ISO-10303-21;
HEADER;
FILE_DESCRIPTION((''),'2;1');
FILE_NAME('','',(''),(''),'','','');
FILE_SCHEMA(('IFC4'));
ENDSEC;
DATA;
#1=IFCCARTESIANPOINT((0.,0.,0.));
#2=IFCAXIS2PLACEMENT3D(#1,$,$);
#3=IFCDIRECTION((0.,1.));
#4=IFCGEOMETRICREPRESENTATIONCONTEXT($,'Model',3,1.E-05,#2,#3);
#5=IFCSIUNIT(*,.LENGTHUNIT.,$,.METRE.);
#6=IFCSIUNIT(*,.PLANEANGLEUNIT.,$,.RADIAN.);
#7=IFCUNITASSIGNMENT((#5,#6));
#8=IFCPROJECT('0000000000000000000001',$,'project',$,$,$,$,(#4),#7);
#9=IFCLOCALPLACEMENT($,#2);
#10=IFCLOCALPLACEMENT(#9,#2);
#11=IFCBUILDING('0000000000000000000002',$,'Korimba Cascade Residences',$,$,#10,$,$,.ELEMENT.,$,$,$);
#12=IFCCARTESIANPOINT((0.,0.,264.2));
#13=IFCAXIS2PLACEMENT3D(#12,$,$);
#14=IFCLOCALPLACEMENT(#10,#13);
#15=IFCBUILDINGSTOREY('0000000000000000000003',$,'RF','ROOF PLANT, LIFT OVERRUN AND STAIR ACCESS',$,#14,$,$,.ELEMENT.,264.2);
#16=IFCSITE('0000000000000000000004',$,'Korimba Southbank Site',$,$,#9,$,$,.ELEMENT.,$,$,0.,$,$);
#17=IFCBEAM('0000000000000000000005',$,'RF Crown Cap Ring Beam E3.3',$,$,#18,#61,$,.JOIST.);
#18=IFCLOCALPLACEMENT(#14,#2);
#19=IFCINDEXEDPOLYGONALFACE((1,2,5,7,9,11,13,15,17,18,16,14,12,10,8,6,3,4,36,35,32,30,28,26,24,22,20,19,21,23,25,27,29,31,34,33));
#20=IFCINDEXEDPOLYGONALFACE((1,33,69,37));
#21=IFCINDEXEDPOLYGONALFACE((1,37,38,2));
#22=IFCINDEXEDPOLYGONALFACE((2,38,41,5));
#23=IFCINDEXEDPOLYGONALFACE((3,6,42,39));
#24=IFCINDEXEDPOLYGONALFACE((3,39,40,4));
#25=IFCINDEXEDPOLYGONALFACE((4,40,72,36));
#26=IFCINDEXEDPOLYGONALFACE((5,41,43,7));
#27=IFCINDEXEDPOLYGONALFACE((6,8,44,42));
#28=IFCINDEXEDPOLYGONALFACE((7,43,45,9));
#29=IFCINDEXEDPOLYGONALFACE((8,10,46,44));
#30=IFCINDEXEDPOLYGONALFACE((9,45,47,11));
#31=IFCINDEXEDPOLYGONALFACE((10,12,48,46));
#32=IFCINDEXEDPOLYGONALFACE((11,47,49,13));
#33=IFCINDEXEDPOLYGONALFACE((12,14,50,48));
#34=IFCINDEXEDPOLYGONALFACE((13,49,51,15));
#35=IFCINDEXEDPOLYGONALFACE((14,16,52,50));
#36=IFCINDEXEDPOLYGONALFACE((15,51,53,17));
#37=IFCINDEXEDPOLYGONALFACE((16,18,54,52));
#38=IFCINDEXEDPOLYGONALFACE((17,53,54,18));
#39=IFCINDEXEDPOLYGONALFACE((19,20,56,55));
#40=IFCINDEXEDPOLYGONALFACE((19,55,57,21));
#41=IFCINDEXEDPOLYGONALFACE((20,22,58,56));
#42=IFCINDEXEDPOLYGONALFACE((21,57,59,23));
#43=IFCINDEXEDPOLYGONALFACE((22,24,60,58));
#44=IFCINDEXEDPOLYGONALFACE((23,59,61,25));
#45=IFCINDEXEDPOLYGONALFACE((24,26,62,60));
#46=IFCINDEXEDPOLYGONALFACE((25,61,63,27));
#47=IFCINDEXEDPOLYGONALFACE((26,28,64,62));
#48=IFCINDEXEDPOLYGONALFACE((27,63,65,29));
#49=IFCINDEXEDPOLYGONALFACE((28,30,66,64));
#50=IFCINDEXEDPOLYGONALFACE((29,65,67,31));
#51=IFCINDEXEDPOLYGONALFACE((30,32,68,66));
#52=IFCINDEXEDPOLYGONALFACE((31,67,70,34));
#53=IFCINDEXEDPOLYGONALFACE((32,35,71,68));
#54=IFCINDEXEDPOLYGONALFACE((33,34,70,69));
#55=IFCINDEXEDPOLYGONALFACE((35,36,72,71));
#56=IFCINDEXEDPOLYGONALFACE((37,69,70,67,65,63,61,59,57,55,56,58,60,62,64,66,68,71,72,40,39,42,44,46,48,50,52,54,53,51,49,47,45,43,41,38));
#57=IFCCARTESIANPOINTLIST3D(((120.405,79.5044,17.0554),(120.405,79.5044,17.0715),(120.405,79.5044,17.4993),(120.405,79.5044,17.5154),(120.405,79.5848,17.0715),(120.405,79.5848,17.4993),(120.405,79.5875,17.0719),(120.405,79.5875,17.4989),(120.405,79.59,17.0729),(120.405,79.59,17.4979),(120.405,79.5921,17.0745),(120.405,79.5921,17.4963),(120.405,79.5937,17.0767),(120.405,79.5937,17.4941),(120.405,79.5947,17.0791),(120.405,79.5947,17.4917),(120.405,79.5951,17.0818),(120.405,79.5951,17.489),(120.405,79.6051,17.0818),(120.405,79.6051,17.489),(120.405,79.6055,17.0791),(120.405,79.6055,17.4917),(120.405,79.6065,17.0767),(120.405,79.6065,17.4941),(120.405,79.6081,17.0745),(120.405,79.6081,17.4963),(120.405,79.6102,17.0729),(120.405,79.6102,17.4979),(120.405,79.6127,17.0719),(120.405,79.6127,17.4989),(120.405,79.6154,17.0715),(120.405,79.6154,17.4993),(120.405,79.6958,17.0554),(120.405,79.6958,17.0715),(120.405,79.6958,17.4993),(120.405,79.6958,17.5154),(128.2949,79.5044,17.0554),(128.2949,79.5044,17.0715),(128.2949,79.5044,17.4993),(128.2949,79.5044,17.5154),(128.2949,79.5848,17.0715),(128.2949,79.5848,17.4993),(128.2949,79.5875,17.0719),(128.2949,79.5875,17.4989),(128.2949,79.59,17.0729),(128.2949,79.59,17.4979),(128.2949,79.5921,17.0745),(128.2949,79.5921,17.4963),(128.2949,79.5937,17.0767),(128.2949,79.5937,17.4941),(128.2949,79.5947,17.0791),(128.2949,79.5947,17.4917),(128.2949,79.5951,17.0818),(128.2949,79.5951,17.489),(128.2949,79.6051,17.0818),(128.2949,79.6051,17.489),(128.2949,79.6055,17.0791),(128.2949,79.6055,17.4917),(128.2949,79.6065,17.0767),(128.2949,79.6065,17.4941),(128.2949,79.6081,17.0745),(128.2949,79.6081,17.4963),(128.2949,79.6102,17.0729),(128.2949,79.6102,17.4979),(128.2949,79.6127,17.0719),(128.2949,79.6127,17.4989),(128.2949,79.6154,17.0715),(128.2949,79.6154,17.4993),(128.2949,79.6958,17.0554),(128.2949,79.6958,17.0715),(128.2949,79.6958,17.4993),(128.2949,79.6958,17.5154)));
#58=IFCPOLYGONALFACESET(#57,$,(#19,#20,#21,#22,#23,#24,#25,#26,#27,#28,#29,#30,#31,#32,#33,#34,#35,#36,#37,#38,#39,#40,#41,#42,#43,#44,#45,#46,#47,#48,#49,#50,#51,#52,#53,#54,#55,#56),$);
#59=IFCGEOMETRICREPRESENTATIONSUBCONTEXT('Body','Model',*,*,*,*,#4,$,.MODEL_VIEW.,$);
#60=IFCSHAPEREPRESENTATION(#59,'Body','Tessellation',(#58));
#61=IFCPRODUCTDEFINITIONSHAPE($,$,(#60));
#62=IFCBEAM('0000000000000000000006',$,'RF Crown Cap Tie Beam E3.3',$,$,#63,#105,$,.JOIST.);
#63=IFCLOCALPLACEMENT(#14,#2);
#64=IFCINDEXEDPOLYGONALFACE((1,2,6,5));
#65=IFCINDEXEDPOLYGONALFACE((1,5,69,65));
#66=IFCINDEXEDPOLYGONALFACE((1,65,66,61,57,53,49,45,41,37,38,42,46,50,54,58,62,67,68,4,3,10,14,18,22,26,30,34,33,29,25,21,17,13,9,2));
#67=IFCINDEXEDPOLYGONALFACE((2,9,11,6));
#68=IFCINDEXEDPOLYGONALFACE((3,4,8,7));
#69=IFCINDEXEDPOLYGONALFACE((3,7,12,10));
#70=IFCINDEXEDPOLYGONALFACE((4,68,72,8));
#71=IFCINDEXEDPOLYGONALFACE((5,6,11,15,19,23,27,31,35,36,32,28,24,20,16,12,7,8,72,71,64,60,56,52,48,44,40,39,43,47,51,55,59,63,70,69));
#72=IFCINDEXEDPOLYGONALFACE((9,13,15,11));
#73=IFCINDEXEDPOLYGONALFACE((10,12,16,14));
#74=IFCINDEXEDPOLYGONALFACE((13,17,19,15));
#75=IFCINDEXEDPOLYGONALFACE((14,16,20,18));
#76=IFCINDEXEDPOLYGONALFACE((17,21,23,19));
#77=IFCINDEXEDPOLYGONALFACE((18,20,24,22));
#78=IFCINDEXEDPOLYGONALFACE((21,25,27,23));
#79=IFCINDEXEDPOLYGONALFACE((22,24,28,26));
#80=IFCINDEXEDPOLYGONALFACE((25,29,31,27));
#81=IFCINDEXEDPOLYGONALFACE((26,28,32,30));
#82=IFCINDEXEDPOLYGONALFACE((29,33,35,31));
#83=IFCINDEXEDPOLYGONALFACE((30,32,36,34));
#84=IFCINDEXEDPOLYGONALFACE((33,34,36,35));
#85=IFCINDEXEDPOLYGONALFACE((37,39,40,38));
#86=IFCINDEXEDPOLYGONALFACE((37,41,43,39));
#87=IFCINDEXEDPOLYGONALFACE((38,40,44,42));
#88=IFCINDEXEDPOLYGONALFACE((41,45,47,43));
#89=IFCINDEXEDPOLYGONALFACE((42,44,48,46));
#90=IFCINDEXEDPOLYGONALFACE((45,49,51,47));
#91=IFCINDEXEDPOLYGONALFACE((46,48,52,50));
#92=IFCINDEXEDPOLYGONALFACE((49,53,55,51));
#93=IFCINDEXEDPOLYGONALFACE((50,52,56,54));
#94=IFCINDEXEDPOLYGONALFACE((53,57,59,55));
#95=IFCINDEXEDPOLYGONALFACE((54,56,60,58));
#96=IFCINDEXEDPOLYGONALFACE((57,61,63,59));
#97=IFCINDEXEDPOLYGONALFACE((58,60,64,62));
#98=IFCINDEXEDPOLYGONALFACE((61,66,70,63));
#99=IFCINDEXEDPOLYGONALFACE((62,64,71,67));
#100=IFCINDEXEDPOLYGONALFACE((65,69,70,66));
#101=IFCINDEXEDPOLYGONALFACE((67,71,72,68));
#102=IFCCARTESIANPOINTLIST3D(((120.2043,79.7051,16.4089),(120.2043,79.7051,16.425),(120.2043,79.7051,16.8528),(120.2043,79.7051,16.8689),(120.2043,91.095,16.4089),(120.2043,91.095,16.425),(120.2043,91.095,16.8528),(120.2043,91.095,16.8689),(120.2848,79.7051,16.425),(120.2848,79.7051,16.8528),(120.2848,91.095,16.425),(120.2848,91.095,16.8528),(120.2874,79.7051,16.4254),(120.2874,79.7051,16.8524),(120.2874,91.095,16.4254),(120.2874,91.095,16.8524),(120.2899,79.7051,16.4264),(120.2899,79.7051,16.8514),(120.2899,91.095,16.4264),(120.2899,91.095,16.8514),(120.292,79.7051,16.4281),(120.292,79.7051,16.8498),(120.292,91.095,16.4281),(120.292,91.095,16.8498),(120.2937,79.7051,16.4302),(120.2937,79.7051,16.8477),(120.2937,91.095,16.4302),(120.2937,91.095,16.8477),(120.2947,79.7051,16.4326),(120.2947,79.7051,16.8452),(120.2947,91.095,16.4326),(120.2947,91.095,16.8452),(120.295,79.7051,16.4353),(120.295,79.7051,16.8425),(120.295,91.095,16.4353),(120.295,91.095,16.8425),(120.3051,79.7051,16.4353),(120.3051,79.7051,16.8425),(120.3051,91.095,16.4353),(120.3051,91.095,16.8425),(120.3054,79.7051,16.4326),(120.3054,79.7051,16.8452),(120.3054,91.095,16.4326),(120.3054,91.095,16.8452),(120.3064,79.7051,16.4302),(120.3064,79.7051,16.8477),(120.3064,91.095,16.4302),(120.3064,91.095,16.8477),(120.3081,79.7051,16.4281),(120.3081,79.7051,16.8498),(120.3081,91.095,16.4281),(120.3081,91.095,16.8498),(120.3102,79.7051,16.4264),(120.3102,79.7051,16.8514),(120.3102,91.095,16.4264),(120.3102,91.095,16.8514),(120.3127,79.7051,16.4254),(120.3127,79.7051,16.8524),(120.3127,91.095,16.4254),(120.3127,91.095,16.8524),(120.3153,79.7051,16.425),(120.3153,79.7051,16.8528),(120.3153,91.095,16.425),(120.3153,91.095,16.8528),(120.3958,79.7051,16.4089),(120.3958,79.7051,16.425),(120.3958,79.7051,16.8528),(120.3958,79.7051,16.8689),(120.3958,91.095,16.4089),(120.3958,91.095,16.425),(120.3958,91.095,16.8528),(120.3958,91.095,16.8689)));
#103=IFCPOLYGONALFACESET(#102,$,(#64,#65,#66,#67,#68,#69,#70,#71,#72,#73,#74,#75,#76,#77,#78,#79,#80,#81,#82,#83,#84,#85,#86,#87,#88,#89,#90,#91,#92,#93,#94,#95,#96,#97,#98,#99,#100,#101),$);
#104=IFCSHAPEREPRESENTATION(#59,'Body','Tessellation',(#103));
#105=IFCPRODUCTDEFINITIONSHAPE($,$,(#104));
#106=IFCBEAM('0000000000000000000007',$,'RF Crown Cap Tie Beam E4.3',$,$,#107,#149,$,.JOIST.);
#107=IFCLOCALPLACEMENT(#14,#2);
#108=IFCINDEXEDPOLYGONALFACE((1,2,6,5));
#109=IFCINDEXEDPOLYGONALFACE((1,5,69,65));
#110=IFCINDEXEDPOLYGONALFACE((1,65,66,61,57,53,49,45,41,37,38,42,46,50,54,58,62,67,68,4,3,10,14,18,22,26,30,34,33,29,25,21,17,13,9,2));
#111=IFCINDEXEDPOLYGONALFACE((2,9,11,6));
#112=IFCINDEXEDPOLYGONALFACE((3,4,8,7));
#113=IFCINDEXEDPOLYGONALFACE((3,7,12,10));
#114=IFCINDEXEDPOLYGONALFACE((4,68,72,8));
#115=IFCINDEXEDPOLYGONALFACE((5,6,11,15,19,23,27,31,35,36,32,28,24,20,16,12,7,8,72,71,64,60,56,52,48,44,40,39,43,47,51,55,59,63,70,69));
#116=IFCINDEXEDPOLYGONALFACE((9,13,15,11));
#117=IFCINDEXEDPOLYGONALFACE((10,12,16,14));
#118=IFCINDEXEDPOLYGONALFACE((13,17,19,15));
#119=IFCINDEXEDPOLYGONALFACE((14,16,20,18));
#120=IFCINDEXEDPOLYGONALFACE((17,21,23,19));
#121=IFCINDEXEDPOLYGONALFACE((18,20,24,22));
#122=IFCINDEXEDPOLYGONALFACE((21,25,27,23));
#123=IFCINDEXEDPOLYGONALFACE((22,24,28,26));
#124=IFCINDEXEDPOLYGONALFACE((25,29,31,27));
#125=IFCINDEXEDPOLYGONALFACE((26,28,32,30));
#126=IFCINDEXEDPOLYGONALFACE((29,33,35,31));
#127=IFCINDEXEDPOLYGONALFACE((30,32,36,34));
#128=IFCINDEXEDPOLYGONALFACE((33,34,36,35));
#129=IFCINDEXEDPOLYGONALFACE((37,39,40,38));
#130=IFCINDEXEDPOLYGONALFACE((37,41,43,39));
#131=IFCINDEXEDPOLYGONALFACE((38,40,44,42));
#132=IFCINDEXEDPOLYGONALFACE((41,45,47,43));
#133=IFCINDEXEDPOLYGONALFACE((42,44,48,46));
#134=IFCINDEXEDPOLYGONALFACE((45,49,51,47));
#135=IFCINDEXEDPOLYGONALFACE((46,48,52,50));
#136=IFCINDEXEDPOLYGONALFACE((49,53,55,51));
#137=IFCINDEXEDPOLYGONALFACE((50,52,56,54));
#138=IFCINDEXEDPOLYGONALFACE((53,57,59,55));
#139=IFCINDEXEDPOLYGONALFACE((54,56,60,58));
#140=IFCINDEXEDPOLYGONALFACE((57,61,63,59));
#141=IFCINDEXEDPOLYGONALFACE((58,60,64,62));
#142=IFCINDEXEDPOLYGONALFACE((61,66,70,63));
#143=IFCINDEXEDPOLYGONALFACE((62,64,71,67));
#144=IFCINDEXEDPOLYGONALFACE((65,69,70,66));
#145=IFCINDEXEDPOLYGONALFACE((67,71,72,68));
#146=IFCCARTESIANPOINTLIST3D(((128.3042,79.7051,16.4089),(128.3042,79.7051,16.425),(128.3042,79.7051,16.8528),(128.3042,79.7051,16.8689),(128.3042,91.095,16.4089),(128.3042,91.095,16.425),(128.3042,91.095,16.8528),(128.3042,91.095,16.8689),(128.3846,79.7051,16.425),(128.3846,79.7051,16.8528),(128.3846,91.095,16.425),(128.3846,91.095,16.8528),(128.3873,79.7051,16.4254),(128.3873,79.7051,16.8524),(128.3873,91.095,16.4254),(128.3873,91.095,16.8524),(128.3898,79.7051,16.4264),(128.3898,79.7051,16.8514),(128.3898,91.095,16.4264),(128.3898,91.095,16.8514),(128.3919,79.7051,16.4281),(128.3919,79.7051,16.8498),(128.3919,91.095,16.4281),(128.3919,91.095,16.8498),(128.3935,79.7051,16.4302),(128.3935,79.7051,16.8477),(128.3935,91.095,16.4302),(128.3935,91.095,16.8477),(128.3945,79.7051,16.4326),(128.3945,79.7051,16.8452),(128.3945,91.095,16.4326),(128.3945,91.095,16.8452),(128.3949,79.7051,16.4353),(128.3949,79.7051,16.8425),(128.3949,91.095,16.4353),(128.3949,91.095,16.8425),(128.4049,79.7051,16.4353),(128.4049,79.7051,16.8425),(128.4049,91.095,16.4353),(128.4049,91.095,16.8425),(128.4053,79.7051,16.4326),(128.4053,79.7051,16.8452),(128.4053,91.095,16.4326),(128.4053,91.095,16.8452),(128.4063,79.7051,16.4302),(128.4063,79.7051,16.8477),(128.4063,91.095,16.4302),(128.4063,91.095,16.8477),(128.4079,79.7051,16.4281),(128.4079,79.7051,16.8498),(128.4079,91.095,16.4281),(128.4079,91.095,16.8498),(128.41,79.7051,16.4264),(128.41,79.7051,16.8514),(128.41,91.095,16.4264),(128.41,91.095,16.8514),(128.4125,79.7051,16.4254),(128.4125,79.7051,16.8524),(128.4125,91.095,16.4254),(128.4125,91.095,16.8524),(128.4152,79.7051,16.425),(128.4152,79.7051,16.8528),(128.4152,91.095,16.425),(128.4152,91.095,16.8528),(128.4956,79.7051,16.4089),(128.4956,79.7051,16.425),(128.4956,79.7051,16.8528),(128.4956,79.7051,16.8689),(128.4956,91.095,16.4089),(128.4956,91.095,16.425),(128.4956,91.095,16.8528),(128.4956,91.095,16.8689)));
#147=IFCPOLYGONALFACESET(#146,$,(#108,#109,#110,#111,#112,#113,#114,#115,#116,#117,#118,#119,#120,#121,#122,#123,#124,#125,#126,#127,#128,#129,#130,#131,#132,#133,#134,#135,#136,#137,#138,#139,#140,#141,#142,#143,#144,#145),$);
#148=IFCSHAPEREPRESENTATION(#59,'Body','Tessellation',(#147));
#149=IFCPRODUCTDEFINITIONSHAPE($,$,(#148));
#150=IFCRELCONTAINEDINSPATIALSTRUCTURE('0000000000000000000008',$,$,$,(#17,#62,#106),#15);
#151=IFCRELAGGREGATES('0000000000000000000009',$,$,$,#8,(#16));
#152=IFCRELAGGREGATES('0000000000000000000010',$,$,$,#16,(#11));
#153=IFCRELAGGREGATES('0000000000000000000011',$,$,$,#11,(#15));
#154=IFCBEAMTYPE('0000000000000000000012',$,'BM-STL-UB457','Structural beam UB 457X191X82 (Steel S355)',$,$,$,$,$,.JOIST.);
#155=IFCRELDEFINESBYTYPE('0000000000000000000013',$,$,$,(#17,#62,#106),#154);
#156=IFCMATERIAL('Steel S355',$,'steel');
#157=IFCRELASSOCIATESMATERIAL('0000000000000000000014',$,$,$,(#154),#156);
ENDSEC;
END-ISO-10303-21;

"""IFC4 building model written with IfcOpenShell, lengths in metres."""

from ifc_helpers import new_model, si_unit, direction, frame, origin, origin_2d, place, context, subcontext, project, spatial, i_section, extrude, material, material_profile, profile_set, type_object, element, save


model = new_model("IFC4")

# Units and contexts
model_context = context("Model", 3, precision=1e-05, world=origin(), true_north=direction((0.0, 1.0)))
body_context = subcontext(model_context, "Body", "Model", "MODEL_VIEW")
ifc_project = project(units=[si_unit("LENGTHUNIT", "METRE"), si_unit("PLANEANGLEUNIT", "RADIAN")], contexts=[model_context])

# Site, building, storey
site_placement = place(None, origin())
site = spatial("IfcSite", under=ifc_project, at=site_placement, Name="Korimba Southbank Site", CompositionType="ELEMENT", RefElevation=0.0)
building_placement = place(site_placement, origin())
building = spatial("IfcBuilding", under=site, at=building_placement, Name="Korimba Cascade Residences", CompositionType="ELEMENT")
storey_placement = place(building_placement, frame((0.0, 0.0, 264.2)))
storey = spatial("IfcBuildingStorey", under=building, at=storey_placement, Name="RF", Description="ROOF PLANT, LIFT OVERRUN AND STAIR ACCESS", CompositionType="ELEMENT", Elevation=264.2)

# Shared definitions
ifc_material_1 = material(Name="Steel S355", Category="steel")

# Beams
ifc_material_profile_1 = material_profile(ifc_material_1, i_section(OverallWidth=0.1914, OverallDepth=0.46, WebThickness=0.01, FlangeThickness=0.0161, FilletRadius=0.0103, at=origin_2d()), Name="Steel S355")
ifc_profile_set_1 = profile_set([ifc_material_profile_1], Name="Steel S355")
beam_type_1 = type_object("IfcBeamType", Name="BM-STL-UB457", Description="Structural beam UB 457X191X82 (Steel S355)", PredefinedType="JOIST", material=ifc_profile_set_1)
beam_placement = place(storey_placement, frame((120.405, 79.6001, 17.2854), z_axis=(1.0, 0.0, 0.0), x_axis=(0.0, 1.0, 0.0)))
element("IfcBeam", 1, at=beam_placement, inside=storey, type_object=beam_type_1, Name="RF Crown Cap Ring Beam E3.3", PredefinedType="JOIST", context=body_context, shape_type="SweptSolid", body=[
    extrude(i_section(OverallWidth=0.1914, OverallDepth=0.46, WebThickness=0.01, FlangeThickness=0.0161, FilletRadius=0.0103, at=origin_2d()), origin(), (0.0, 0.0, 1.0), 7.8899),
])
for number, where, z_axis, x_axis, name in (
    (2, (120.3, 79.7051, 16.6389), (0.0, 1.0, 0.0), (-1.0, 0.0, 0.0), "RF Crown Cap Tie Beam E3.3"),
    (3, (128.3999, 79.7051, 16.6389), (0.0, 1.0, 0.0), (-1.0, 0.0, 0.0), "RF Crown Cap Tie Beam E4.3"),
):
    element("IfcBeam", number, at=place(storey_placement, frame(where, z_axis=z_axis, x_axis=x_axis)), inside=storey, type_object=beam_type_1, Name=name, PredefinedType="JOIST", context=body_context, shape_type="SweptSolid", body=[
        extrude(i_section(OverallWidth=0.1914, OverallDepth=0.46, WebThickness=0.01, FlangeThickness=0.0161, FilletRadius=0.0103, at=origin_2d()), origin(), (0.0, 0.0, 1.0), 11.3899),
    ])

save(model, "model.ifc")
